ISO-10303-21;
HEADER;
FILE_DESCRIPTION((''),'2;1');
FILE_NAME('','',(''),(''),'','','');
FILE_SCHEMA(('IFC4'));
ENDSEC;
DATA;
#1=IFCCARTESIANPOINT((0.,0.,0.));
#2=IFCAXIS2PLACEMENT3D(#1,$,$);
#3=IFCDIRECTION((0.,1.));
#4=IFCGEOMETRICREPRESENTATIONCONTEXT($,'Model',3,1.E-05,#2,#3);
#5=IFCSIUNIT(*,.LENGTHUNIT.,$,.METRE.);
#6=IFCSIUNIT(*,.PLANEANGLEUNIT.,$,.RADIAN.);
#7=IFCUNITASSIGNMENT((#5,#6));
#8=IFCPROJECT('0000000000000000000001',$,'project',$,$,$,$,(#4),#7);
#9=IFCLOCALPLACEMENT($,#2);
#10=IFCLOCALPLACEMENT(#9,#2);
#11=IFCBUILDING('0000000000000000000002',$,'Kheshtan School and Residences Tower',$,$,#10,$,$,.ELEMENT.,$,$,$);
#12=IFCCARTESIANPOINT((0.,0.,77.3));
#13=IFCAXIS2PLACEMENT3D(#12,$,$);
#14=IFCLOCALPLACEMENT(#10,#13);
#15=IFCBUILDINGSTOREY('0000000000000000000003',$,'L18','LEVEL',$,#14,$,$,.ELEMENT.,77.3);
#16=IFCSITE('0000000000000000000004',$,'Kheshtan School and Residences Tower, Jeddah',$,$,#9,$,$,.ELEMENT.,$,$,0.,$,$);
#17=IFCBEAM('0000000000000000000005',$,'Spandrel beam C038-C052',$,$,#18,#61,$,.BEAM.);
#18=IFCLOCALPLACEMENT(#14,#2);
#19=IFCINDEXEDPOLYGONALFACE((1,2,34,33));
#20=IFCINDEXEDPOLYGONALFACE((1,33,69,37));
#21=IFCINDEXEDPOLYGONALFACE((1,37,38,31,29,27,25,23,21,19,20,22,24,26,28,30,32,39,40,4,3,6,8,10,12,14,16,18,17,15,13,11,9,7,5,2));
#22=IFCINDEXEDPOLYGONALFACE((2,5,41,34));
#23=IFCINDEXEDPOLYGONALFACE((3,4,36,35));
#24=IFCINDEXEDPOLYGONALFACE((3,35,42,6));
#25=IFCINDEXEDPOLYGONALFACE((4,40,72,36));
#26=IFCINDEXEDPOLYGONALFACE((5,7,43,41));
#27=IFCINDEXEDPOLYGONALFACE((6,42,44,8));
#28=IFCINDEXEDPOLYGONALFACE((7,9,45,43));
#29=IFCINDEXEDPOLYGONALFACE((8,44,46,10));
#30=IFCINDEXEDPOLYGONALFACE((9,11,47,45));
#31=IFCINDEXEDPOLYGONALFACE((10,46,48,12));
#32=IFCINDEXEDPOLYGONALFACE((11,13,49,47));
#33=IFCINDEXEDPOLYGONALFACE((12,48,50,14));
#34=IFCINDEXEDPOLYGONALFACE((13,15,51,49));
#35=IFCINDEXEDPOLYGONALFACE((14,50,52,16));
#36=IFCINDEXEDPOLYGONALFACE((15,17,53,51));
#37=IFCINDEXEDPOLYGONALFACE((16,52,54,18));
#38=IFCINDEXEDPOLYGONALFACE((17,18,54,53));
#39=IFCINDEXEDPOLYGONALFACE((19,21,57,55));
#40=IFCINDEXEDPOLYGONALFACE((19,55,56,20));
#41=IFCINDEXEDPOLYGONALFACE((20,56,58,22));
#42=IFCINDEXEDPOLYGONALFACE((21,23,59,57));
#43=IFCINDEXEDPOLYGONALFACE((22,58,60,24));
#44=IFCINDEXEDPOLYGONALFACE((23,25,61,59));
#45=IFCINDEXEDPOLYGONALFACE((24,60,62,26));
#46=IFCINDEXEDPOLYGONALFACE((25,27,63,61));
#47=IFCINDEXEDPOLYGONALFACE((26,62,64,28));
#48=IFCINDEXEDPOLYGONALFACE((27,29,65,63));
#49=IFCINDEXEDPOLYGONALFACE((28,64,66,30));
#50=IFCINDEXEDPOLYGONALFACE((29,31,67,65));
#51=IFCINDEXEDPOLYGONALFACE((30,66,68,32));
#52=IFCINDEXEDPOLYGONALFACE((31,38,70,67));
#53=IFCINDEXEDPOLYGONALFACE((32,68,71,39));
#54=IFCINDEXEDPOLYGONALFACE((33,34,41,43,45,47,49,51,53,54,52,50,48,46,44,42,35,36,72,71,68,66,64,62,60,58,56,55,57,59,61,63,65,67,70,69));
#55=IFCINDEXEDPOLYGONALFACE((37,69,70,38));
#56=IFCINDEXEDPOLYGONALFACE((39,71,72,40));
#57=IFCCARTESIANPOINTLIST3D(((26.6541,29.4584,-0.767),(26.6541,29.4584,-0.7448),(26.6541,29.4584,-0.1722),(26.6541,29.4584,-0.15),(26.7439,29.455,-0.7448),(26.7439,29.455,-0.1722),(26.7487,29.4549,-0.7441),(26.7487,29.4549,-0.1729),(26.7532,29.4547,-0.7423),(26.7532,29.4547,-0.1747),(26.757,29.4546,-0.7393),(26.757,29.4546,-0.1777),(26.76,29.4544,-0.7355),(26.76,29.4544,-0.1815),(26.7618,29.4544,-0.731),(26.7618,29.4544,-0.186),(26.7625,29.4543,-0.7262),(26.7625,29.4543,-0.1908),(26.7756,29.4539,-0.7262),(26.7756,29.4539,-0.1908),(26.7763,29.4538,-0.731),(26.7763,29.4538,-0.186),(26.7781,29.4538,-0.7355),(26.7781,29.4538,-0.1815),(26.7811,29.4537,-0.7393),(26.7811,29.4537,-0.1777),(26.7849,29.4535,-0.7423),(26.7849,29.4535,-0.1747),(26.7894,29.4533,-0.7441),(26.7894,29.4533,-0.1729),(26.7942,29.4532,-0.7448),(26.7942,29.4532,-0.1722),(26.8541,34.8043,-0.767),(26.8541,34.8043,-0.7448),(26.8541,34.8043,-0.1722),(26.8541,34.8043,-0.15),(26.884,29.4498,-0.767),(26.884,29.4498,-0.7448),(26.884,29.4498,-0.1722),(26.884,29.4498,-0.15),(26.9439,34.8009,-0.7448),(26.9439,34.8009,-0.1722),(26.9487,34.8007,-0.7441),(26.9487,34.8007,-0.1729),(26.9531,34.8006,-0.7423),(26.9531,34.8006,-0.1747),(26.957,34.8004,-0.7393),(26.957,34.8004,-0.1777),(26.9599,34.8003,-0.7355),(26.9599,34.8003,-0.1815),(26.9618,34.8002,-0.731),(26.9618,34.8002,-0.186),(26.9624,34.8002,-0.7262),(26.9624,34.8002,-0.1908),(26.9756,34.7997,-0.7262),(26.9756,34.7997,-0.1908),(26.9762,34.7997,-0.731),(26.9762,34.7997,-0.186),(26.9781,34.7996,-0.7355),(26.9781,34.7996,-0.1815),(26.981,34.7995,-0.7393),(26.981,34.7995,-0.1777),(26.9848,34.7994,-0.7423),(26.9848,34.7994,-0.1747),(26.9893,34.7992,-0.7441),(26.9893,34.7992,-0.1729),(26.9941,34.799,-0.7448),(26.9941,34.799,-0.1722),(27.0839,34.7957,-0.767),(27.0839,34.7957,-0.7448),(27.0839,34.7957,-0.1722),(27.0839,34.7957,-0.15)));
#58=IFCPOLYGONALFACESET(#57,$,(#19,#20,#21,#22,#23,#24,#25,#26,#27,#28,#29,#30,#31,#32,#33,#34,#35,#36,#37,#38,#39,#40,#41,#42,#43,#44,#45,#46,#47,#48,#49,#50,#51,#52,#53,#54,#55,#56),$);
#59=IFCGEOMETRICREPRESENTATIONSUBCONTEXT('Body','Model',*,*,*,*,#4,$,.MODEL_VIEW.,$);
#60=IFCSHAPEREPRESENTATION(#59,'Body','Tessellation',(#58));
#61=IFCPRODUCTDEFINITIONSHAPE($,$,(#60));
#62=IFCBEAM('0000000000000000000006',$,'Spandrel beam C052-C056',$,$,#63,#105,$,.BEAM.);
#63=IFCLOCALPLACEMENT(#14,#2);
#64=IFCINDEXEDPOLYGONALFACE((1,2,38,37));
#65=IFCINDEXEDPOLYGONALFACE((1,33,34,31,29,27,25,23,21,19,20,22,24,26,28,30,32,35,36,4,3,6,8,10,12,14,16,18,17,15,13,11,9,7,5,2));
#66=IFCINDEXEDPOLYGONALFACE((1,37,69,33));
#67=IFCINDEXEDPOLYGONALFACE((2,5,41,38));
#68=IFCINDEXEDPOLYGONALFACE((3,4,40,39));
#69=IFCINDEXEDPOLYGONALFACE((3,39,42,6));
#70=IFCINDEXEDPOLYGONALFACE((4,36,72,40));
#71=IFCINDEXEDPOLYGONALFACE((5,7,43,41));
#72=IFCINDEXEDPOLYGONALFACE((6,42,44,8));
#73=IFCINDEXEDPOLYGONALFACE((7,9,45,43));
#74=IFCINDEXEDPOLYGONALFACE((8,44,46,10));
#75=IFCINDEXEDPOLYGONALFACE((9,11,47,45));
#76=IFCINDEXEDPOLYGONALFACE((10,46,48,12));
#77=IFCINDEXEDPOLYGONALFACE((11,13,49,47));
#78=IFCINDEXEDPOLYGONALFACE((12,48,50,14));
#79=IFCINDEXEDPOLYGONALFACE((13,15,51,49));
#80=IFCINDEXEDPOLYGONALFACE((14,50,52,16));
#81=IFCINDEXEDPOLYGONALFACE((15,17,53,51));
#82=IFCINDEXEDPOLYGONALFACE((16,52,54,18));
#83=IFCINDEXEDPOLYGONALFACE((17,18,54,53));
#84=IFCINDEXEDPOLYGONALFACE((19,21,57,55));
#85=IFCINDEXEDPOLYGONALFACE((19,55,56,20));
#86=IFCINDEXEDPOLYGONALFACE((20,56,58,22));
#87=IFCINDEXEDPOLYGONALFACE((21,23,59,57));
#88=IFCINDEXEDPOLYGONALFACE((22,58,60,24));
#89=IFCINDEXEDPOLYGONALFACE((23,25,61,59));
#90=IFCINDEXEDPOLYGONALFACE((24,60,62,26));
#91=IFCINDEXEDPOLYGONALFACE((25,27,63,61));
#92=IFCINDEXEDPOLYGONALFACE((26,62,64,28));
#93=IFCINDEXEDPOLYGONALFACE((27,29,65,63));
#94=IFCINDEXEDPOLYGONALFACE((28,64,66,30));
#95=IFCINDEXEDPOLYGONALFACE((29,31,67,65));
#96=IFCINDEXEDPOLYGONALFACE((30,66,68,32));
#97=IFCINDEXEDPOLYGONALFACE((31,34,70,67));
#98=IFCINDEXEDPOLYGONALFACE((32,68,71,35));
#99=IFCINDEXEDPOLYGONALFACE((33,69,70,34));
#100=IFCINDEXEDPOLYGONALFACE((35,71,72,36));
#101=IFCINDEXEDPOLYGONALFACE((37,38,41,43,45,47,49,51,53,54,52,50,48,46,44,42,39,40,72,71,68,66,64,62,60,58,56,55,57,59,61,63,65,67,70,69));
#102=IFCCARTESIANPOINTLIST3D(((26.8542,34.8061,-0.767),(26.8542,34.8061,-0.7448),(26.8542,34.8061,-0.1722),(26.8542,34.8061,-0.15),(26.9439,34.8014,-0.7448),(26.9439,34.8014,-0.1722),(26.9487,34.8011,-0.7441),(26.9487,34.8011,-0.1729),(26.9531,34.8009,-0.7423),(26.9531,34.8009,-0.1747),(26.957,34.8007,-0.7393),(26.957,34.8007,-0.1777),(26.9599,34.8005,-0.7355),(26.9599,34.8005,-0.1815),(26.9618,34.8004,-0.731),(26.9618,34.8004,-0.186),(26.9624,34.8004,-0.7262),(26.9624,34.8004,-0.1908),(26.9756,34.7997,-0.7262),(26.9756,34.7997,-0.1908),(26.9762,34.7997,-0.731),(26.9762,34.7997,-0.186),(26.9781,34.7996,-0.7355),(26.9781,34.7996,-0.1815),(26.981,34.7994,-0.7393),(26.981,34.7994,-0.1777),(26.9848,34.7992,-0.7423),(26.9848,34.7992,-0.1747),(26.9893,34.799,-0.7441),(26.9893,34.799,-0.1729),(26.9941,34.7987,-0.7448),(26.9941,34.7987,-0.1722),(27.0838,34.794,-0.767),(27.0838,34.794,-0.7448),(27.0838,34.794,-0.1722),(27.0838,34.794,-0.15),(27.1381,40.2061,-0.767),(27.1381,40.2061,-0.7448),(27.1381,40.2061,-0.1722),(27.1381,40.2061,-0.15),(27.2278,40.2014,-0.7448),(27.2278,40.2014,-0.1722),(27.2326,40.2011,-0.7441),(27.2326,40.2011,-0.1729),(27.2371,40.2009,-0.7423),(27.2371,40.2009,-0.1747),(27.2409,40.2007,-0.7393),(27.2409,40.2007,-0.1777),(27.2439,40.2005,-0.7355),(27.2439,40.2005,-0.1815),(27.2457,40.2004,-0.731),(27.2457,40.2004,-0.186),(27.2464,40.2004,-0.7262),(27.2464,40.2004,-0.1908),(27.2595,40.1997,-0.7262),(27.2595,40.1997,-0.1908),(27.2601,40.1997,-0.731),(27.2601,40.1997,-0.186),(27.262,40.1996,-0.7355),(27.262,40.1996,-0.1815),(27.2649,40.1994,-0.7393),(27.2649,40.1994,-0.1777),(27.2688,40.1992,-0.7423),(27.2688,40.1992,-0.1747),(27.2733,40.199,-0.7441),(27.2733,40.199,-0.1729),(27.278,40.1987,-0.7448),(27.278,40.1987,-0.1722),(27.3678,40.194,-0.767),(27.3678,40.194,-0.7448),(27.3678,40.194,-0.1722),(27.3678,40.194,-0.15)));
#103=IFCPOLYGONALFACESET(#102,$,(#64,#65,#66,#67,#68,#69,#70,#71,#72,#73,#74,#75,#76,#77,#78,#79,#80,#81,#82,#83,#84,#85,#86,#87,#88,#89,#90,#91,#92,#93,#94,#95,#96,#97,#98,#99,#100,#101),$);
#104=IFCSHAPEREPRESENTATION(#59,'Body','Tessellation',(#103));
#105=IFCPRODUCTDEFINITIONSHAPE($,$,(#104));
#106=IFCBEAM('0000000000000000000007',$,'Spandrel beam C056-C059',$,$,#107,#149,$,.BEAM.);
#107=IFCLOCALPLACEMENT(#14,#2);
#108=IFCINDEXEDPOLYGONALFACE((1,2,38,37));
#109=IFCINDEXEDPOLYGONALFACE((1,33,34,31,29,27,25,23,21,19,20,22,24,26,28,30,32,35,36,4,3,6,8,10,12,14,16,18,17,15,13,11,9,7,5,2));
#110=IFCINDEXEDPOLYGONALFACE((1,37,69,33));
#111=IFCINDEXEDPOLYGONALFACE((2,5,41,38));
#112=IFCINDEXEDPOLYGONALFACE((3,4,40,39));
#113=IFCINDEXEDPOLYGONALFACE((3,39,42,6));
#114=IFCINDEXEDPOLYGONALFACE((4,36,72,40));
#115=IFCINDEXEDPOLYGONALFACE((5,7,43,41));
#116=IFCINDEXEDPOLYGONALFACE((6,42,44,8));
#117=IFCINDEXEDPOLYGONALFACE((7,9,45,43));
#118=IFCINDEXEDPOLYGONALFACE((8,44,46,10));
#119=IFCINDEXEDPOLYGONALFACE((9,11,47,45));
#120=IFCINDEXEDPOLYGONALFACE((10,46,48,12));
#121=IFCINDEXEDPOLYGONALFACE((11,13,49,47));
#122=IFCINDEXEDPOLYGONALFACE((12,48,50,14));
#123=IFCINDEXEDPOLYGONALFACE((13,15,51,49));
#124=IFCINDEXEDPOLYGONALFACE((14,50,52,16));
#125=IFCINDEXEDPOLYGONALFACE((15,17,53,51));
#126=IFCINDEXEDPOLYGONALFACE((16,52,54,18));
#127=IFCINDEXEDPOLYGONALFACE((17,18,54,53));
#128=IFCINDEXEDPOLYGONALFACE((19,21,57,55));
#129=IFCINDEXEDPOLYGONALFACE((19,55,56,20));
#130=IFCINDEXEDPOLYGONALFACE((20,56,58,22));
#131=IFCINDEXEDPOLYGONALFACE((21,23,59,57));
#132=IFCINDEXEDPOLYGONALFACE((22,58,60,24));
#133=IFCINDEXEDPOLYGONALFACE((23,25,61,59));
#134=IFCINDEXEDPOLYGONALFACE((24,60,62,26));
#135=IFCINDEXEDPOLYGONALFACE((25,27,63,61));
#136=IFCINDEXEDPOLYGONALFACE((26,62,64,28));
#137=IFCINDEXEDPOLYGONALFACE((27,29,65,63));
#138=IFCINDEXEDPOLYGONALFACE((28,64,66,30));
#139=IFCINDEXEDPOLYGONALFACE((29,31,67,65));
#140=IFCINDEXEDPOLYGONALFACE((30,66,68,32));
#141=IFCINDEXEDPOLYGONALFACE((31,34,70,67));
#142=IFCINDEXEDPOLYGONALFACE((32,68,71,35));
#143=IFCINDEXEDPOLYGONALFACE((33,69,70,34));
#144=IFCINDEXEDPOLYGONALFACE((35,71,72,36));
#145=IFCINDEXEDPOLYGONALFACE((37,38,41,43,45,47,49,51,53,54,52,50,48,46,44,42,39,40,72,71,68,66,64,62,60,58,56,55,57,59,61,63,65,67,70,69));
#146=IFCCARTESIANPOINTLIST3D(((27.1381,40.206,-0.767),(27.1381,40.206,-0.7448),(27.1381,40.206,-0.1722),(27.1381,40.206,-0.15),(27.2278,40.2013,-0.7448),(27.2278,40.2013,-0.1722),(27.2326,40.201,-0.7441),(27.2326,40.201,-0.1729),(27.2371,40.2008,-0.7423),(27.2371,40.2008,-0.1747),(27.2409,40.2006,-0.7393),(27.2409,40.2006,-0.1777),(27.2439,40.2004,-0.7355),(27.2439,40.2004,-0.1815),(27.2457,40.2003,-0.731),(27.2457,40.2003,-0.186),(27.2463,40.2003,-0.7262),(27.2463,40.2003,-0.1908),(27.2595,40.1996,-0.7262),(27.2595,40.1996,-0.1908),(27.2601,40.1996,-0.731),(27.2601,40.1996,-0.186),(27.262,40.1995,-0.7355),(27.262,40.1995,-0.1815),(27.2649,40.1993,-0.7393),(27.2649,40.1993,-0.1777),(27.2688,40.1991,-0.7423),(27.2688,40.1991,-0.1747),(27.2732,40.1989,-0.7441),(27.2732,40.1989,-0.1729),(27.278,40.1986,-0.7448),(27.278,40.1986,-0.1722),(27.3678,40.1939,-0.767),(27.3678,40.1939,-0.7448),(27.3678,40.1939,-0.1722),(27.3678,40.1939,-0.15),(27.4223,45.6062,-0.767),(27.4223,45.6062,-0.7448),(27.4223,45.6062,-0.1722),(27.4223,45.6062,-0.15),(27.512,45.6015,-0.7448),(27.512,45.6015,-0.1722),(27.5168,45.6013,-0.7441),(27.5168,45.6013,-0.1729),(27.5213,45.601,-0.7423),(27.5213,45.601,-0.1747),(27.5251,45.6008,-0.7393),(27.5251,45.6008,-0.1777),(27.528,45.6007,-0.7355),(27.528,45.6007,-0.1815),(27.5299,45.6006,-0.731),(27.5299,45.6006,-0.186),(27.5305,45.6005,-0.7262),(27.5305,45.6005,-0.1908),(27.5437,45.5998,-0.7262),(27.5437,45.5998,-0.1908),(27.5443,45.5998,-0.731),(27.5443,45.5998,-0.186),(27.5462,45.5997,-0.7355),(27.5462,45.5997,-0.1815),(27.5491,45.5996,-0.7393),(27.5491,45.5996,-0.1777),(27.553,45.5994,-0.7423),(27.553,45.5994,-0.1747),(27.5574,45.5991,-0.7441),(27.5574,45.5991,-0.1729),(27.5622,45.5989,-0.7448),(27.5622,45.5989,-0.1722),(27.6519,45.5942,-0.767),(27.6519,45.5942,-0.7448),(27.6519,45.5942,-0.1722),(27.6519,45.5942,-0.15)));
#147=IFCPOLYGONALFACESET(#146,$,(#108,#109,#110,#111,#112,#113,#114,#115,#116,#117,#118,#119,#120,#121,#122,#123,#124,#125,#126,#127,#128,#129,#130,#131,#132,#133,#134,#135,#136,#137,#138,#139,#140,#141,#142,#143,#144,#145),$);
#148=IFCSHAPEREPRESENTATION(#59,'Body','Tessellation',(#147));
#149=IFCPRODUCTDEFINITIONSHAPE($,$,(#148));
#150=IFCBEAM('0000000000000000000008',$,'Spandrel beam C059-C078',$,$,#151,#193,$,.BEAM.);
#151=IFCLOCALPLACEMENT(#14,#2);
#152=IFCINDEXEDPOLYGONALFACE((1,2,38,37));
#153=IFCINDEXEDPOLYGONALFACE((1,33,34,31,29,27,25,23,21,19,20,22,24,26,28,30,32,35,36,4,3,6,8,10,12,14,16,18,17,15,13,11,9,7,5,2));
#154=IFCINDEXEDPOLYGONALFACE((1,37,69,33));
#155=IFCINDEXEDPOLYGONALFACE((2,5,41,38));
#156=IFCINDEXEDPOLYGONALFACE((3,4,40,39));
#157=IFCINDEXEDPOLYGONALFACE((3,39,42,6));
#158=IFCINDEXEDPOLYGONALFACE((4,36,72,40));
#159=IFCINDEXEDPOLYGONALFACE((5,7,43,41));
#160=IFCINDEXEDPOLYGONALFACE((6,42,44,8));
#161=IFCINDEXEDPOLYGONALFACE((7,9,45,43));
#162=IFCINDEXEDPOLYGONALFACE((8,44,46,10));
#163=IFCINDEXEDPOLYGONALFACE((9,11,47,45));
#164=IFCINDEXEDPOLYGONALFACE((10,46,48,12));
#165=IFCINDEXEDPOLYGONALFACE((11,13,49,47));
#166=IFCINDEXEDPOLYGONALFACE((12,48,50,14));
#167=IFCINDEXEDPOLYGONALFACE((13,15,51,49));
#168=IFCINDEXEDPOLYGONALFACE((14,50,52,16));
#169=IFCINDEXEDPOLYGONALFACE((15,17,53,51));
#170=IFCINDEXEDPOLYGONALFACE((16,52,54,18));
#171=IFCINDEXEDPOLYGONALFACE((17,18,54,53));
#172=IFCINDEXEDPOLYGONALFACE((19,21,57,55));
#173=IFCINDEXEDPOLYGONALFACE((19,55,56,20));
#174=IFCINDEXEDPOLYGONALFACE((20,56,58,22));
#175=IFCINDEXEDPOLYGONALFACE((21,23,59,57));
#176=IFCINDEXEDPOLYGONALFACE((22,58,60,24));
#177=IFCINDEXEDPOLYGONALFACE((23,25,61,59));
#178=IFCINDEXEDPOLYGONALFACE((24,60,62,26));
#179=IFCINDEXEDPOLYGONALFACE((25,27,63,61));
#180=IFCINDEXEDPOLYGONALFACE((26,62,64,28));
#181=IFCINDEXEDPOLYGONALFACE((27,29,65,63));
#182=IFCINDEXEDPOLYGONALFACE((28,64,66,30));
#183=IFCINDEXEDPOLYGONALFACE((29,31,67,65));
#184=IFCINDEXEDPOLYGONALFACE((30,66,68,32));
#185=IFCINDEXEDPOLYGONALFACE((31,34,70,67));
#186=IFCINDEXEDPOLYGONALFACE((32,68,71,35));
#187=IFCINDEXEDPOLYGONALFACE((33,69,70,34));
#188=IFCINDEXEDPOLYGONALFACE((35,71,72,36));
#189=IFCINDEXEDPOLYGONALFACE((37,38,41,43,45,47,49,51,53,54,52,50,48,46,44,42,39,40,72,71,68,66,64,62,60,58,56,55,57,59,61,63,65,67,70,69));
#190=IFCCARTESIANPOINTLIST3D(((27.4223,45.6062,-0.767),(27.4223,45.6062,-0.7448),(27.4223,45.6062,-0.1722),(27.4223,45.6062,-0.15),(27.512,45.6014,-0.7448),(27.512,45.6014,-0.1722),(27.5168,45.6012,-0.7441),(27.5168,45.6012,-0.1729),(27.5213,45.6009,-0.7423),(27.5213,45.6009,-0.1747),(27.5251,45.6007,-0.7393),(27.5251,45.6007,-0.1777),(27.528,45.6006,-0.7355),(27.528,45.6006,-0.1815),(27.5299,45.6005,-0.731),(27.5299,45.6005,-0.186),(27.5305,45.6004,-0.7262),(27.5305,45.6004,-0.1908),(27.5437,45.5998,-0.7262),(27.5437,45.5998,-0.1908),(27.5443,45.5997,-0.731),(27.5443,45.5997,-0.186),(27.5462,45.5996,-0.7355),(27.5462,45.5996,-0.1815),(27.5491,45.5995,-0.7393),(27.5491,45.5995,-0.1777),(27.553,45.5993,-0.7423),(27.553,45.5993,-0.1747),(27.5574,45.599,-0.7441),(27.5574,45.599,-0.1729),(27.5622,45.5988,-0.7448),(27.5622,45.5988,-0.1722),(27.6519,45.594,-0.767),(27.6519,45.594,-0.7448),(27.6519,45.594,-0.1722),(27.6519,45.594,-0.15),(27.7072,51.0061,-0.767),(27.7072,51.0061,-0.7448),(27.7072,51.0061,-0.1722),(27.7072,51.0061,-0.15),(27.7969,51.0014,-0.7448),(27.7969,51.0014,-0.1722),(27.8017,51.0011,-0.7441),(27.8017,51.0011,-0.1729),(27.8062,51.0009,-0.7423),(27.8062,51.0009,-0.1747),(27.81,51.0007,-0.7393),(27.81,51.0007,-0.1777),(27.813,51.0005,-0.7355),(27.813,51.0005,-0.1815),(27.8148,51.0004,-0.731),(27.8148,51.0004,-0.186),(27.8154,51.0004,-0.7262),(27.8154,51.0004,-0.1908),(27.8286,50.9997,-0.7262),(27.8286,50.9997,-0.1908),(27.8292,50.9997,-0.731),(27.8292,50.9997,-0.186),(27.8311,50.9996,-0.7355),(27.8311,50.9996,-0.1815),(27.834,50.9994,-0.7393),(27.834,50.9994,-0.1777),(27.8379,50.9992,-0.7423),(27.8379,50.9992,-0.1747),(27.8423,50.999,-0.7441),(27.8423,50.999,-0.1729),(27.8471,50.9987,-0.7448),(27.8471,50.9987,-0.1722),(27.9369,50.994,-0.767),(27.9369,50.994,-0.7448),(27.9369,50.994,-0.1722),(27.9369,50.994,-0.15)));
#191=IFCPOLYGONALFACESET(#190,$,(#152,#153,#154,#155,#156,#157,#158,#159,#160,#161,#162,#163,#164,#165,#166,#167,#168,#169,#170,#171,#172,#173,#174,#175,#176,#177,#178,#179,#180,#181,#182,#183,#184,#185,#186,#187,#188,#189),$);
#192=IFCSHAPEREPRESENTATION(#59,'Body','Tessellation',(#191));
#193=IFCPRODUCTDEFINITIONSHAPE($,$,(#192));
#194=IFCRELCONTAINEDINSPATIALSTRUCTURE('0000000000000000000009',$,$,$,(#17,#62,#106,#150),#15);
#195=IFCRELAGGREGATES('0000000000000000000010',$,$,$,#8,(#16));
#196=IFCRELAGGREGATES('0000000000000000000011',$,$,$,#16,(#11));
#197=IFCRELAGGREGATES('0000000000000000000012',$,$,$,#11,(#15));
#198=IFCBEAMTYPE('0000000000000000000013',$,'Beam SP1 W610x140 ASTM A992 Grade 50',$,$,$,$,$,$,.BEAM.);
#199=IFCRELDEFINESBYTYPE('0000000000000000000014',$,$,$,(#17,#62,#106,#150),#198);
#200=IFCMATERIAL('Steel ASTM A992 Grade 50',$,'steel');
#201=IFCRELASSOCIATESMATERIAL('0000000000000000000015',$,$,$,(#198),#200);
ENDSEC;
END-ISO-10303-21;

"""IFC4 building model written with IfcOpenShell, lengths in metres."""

from ifc_helpers import new_model, si_unit, direction, frame, origin, origin_2d, place, context, subcontext, project, spatial, i_section, extrude, material, material_profile, profile_set, type_object, element, save


model = new_model("IFC4")

# Units and contexts
model_context = context("Model", 3, precision=1e-05, world=origin(), true_north=direction((0.0, 1.0)))
body_context = subcontext(model_context, "Body", "Model", "MODEL_VIEW")
ifc_project = project(units=[si_unit("LENGTHUNIT", "METRE"), si_unit("PLANEANGLEUNIT", "RADIAN")], contexts=[model_context])

# Site, building, storey
site_placement = place(None, origin())
site = spatial("IfcSite", under=ifc_project, at=site_placement, Name="Kheshtan School and Residences Tower, Jeddah", CompositionType="ELEMENT", RefElevation=0.0)
building_placement = place(site_placement, origin())
building = spatial("IfcBuilding", under=site, at=building_placement, Name="Kheshtan School and Residences Tower", CompositionType="ELEMENT")
storey_placement = place(building_placement, frame((0.0, 0.0, 77.3)))
storey = spatial("IfcBuildingStorey", under=building, at=storey_placement, Name="L18", Description="LEVEL", CompositionType="ELEMENT", Elevation=77.3)

# Shared definitions
ifc_material_1 = material(Name="Steel ASTM A992 Grade 50", Category="steel")

# Beams
ifc_material_profile_1 = material_profile(ifc_material_1, i_section(OverallWidth=0.23, OverallDepth=0.6169, WebThickness=0.0132, FlangeThickness=0.0222, FilletRadius=0.0186, at=origin_2d()), Name="W610x140")
ifc_profile_set_1 = profile_set([ifc_material_profile_1], Name="Steel ASTM A992 Grade 50")
beam_type_1 = type_object("IfcBeamType", Name="Beam SP1 W610x140 ASTM A992 Grade 50", PredefinedType="BEAM", material=ifc_profile_set_1)
beam_1_placement = place(storey_placement, frame((26.769, 29.4541, -0.4585), z_axis=(0.037376, 0.999301, 0.0), x_axis=(-0.999301, 0.037376, 0.0)))
element("IfcBeam", 1, at=beam_1_placement, inside=storey, type_object=beam_type_1, Name="Spandrel beam C038-C052", PredefinedType="BEAM", context=body_context, shape_type="SweptSolid", body=[
    extrude(i_section(OverallWidth=0.23, OverallDepth=0.6169, WebThickness=0.0132, FlangeThickness=0.0222, FilletRadius=0.0186, at=origin_2d()), origin(), (0.0, 0.0, 1.0), 5.3496),
])
beam_2_placement = place(storey_placement, frame((26.969, 34.8, -0.4585), z_axis=(0.052509, 0.99862, 0.0), x_axis=(-0.99862, 0.052509, 0.0)))
element("IfcBeam", 2, at=beam_2_placement, inside=storey, type_object=beam_type_1, Name="Spandrel beam C052-C056", PredefinedType="BEAM", context=body_context, shape_type="SweptSolid", body=[
    extrude(i_section(OverallWidth=0.23, OverallDepth=0.6169, WebThickness=0.0132, FlangeThickness=0.0222, FilletRadius=0.0186, at=origin_2d()), origin(), (0.0, 0.0, 1.0), 5.4075),
])
beam_3_placement = place(storey_placement, frame((27.2529, 40.2, -0.4585), z_axis=(0.052552, 0.998618, 0.0), x_axis=(-0.998618, 0.052552, 0.0)))
element("IfcBeam", 3, at=beam_3_placement, inside=storey, type_object=beam_type_1, Name="Spandrel beam C056-C059", PredefinedType="BEAM", context=body_context, shape_type="SweptSolid", body=[
    extrude(i_section(OverallWidth=0.23, OverallDepth=0.6169, WebThickness=0.0132, FlangeThickness=0.0222, FilletRadius=0.0186, at=origin_2d()), origin(), (0.0, 0.0, 1.0), 5.4077),
])
beam_4_placement = place(storey_placement, frame((27.5371, 45.6001, -0.4585), z_axis=(0.052689, 0.998611, 0.0), x_axis=(-0.998611, 0.052689, 0.0)))
element("IfcBeam", 4, at=beam_4_placement, inside=storey, type_object=beam_type_1, Name="Spandrel beam C059-C078", PredefinedType="BEAM", context=body_context, shape_type="SweptSolid", body=[
    extrude(i_section(OverallWidth=0.23, OverallDepth=0.6169, WebThickness=0.0132, FlangeThickness=0.0222, FilletRadius=0.0186, at=origin_2d()), origin(), (0.0, 0.0, 1.0), 5.4075),
])

save(model, "model.ifc")
